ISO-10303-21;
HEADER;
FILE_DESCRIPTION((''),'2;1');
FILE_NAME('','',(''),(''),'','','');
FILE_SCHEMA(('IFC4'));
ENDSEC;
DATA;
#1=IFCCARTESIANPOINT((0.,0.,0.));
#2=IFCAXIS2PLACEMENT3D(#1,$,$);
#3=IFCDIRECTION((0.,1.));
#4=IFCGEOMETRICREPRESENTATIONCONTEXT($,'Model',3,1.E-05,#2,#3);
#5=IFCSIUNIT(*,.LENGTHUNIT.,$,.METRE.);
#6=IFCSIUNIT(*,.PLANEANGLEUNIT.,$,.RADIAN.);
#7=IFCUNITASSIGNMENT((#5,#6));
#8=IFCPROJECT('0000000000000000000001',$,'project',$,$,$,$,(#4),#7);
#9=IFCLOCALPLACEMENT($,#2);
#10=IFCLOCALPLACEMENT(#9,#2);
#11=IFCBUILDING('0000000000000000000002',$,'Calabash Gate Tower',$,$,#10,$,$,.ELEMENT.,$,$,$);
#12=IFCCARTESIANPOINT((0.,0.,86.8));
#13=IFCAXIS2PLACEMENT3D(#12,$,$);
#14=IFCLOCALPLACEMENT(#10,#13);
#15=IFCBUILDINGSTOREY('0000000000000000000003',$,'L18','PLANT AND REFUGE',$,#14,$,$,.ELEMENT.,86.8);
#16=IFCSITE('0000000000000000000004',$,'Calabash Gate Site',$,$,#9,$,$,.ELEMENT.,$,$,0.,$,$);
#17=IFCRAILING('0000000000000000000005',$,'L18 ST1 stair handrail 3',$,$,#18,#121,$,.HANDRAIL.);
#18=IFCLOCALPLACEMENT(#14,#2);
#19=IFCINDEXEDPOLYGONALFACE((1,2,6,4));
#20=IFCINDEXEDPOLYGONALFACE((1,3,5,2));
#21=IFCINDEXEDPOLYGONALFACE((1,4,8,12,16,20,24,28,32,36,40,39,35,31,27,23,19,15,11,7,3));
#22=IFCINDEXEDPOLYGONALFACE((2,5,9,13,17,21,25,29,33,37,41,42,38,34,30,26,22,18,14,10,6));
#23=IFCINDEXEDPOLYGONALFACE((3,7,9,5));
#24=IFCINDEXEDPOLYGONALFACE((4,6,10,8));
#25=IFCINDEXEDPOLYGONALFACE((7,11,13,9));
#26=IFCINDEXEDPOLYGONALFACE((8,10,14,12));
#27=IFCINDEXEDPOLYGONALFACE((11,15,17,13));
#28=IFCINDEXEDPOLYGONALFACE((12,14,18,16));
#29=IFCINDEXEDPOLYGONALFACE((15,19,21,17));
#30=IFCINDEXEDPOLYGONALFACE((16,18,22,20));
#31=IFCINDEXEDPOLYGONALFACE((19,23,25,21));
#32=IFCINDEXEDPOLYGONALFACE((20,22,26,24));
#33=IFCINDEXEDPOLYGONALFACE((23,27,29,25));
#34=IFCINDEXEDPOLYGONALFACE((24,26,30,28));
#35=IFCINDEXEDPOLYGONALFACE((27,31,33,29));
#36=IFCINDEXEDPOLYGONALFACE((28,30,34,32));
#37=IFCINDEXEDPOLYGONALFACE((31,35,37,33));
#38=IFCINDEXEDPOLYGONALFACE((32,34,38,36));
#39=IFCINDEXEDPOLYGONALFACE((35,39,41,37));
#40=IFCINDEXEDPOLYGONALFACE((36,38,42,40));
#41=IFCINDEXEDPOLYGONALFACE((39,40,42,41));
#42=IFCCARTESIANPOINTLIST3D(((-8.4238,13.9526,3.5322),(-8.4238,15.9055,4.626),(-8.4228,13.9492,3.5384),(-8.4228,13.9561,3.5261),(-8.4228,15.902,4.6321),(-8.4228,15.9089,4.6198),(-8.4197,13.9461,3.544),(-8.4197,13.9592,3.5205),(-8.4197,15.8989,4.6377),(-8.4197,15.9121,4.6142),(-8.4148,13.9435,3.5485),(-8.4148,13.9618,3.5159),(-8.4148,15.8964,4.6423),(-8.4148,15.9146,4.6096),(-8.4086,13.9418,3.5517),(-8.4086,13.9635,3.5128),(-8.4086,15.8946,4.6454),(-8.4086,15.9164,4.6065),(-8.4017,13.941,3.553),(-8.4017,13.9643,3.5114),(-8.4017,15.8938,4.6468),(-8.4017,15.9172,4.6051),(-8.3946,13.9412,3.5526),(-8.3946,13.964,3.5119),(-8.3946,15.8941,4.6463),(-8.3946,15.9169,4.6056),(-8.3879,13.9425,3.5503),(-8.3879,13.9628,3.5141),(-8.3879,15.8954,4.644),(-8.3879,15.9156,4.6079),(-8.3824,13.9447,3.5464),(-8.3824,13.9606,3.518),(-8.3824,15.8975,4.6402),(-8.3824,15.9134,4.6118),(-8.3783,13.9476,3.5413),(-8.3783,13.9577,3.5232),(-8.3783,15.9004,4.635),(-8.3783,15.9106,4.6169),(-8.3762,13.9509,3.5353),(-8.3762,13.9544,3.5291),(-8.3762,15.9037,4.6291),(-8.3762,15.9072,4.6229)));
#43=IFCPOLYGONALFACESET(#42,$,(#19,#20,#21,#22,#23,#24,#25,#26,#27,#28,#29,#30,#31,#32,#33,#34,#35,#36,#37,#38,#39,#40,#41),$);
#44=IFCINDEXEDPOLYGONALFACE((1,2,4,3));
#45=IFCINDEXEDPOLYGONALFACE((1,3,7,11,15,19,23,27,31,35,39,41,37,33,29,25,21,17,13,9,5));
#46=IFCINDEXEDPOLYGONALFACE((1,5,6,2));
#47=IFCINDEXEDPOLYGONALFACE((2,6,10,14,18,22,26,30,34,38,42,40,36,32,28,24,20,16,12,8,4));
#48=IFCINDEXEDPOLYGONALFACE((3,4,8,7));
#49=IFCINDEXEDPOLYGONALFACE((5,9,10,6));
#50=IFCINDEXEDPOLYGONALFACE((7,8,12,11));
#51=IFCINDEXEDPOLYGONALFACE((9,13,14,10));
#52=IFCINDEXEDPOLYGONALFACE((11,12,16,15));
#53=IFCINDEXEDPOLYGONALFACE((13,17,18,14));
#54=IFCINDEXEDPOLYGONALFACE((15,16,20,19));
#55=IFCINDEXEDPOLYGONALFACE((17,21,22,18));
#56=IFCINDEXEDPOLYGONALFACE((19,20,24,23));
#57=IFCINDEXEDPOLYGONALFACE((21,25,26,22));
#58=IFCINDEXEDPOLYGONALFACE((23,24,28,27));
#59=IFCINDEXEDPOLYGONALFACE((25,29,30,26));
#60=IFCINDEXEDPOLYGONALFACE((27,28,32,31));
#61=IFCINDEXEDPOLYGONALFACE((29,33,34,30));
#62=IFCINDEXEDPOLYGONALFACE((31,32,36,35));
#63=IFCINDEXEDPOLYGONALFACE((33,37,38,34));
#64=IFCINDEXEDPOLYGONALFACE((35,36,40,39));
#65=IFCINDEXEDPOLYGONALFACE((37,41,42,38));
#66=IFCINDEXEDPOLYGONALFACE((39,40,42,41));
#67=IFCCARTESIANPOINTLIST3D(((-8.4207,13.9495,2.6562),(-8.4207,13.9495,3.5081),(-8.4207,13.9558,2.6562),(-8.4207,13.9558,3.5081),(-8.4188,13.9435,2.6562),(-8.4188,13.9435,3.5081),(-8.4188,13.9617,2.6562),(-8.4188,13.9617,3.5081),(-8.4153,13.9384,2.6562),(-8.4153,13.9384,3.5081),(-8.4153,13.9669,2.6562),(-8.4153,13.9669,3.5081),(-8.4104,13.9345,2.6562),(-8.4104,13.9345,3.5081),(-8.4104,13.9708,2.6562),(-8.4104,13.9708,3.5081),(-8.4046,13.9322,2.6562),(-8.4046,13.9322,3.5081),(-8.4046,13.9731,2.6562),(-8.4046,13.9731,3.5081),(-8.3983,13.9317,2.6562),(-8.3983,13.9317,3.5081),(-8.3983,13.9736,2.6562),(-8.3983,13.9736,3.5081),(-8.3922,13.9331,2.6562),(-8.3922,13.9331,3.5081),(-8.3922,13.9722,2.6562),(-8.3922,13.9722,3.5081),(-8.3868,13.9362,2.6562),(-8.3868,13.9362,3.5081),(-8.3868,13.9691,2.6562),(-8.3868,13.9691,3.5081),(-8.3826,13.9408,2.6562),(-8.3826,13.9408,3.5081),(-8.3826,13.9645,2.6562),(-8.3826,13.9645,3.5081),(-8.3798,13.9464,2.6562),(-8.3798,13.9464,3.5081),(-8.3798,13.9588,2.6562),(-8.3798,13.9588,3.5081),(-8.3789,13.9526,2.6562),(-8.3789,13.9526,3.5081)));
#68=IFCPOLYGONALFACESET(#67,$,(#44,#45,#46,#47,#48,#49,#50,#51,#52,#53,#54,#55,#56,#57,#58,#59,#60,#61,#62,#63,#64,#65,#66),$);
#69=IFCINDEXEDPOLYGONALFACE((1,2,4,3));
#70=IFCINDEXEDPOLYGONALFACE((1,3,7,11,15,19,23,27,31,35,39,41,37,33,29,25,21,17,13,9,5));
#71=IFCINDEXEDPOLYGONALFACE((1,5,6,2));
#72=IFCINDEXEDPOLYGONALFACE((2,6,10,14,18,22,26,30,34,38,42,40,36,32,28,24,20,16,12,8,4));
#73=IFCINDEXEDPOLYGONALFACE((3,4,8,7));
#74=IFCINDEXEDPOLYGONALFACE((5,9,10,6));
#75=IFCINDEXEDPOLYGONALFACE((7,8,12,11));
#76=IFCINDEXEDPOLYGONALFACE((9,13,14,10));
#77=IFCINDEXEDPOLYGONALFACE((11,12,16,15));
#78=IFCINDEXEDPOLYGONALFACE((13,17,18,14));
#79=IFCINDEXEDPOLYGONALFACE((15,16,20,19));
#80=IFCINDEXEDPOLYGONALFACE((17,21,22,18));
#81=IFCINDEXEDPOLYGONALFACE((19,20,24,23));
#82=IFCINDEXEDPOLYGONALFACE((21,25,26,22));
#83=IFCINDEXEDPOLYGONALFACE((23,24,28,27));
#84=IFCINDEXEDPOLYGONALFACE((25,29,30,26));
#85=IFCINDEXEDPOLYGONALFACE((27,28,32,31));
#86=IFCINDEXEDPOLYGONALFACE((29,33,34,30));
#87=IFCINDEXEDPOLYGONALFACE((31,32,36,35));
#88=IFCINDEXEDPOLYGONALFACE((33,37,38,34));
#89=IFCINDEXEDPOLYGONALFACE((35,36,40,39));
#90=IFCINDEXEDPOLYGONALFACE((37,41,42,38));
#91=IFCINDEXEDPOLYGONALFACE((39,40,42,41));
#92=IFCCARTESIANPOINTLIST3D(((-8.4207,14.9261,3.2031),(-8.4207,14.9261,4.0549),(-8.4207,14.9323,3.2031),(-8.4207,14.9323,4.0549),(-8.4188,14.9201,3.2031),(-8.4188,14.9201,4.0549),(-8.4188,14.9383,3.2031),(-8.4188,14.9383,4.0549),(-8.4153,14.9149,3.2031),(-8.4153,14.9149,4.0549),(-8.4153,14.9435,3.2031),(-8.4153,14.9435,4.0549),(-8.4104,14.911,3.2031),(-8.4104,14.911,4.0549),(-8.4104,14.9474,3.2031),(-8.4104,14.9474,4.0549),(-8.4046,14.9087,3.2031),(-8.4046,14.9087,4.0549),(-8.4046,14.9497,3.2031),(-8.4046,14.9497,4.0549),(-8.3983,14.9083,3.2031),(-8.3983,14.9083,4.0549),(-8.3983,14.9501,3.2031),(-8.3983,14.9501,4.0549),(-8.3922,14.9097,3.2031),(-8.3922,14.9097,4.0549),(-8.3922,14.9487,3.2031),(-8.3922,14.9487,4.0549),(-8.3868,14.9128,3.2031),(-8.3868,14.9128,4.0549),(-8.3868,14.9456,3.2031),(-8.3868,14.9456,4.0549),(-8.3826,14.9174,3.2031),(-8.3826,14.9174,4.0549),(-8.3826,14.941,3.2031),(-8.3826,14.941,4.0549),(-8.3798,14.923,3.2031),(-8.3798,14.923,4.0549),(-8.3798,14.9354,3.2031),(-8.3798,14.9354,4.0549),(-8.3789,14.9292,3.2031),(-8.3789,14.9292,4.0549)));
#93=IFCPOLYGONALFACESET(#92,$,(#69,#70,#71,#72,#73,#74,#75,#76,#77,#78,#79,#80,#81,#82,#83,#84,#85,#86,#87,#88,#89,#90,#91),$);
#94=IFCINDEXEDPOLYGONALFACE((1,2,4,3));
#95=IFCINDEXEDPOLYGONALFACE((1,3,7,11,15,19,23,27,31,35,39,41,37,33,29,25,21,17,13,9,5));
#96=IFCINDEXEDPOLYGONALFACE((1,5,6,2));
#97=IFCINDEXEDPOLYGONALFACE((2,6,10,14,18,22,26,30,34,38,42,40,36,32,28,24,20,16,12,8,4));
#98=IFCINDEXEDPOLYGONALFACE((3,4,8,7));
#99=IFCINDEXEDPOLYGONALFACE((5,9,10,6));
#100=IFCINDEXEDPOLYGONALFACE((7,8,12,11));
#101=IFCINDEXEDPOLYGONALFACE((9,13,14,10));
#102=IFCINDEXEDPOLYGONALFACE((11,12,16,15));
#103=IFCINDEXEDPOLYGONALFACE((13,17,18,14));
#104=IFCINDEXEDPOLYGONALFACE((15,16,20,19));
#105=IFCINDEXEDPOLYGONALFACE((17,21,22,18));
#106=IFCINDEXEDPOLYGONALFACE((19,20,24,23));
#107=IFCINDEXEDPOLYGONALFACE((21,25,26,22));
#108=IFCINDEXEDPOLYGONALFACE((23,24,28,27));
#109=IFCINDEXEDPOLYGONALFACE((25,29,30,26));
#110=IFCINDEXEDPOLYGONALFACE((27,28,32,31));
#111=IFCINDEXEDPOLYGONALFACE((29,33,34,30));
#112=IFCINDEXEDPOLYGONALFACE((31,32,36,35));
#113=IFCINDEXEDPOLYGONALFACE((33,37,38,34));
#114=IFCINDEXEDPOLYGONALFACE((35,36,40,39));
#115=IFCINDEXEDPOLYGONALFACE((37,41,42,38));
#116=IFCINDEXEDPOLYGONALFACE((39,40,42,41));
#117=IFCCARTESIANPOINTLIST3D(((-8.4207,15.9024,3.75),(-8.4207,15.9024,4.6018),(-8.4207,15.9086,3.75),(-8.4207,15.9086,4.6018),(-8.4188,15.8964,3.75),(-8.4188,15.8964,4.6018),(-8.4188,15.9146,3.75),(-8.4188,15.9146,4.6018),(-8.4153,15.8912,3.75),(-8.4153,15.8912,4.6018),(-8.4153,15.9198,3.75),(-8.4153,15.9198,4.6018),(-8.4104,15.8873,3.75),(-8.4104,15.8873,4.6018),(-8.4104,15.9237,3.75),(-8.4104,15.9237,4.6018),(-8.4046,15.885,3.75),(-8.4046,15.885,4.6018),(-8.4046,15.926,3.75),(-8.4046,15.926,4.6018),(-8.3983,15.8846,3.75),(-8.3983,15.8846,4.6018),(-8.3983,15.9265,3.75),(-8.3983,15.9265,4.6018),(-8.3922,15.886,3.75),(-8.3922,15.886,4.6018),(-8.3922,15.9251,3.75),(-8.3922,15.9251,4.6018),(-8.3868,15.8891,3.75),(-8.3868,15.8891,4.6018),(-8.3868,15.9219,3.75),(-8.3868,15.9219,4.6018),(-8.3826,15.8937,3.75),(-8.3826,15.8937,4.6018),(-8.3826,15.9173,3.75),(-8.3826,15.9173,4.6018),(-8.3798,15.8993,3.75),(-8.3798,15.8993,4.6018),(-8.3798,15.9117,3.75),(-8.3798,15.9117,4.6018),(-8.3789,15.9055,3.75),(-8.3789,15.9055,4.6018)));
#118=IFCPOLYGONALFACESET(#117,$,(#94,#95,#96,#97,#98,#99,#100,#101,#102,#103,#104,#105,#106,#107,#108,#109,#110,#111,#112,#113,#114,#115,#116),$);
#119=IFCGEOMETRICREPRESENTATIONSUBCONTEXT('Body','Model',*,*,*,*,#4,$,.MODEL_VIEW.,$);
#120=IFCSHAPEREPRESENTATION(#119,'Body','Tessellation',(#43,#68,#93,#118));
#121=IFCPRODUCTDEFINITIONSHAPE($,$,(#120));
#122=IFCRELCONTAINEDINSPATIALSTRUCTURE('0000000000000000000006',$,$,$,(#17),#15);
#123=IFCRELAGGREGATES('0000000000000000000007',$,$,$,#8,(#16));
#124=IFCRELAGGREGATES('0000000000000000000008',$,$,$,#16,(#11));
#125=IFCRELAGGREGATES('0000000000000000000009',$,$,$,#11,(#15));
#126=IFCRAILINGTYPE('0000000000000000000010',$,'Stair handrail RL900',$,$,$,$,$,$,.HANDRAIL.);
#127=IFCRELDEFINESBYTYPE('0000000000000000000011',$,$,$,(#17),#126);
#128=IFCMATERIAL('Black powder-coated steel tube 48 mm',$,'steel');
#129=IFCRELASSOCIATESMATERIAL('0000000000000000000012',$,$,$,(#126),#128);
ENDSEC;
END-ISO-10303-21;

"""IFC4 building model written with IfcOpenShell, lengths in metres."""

from ifc_helpers import new_model, si_unit, direction, frame, origin, origin_2d, place, context, subcontext, project, spatial, circle, extrude, material, type_object, element, save


model = new_model("IFC4")

# Units and contexts
model_context = context("Model", 3, precision=1e-05, world=origin(), true_north=direction((0.0, 1.0)))
body_context = subcontext(model_context, "Body", "Model", "MODEL_VIEW")
ifc_project = project(units=[si_unit("LENGTHUNIT", "METRE"), si_unit("PLANEANGLEUNIT", "RADIAN")], contexts=[model_context])

# Site, building, storey
site_placement = place(None, origin())
site = spatial("IfcSite", under=ifc_project, at=site_placement, Name="Calabash Gate Site", CompositionType="ELEMENT", RefElevation=0.0)
building_placement = place(site_placement, origin())
building = spatial("IfcBuilding", under=site, at=building_placement, Name="Calabash Gate Tower", CompositionType="ELEMENT")
storey_placement = place(building_placement, frame((0.0, 0.0, 86.8)))
storey = spatial("IfcBuildingStorey", under=building, at=storey_placement, Name="L18", Description="PLANT AND REFUGE", CompositionType="ELEMENT", Elevation=86.8)

# Railing
ifc_material_1 = material(Name="Black powder-coated steel tube 48 mm", Category="steel")
railing_type_1 = type_object("IfcRailingType", Name="Stair handrail RL900", PredefinedType="HANDRAIL", material=ifc_material_1)
railing_1_placement = place(storey_placement, frame((-8.3999, 13.9526, 2.6562)))
element("IfcRailing", 1, at=railing_1_placement, inside=storey, type_object=railing_type_1, Name="L18 ST1 stair handrail 3", PredefinedType="HANDRAIL", context=body_context, shape_type="SweptSolid", body=[
    extrude(circle(Radius=0.0239, at=origin_2d()), frame((0.0, 0.0, 0.876), z_axis=(0.0, 0.87248, 0.48865), x_axis=(-1.0, 0.0, 0.0)), (0.0, 0.0, 1.0), 2.2383),
    extrude(circle(Radius=0.021, at=origin_2d()), origin(), (0.0, 0.0, 1.0), 0.8518),
    extrude(circle(Radius=0.021, at=origin_2d()), frame((0.0, 0.9766, 0.5469)), (0.0, 0.0, 1.0), 0.8518),
    extrude(circle(Radius=0.021, at=origin_2d()), frame((0.0, 1.9529, 1.0938)), (0.0, 0.0, 1.0), 0.8518),
])

save(model, "model.ifc")
